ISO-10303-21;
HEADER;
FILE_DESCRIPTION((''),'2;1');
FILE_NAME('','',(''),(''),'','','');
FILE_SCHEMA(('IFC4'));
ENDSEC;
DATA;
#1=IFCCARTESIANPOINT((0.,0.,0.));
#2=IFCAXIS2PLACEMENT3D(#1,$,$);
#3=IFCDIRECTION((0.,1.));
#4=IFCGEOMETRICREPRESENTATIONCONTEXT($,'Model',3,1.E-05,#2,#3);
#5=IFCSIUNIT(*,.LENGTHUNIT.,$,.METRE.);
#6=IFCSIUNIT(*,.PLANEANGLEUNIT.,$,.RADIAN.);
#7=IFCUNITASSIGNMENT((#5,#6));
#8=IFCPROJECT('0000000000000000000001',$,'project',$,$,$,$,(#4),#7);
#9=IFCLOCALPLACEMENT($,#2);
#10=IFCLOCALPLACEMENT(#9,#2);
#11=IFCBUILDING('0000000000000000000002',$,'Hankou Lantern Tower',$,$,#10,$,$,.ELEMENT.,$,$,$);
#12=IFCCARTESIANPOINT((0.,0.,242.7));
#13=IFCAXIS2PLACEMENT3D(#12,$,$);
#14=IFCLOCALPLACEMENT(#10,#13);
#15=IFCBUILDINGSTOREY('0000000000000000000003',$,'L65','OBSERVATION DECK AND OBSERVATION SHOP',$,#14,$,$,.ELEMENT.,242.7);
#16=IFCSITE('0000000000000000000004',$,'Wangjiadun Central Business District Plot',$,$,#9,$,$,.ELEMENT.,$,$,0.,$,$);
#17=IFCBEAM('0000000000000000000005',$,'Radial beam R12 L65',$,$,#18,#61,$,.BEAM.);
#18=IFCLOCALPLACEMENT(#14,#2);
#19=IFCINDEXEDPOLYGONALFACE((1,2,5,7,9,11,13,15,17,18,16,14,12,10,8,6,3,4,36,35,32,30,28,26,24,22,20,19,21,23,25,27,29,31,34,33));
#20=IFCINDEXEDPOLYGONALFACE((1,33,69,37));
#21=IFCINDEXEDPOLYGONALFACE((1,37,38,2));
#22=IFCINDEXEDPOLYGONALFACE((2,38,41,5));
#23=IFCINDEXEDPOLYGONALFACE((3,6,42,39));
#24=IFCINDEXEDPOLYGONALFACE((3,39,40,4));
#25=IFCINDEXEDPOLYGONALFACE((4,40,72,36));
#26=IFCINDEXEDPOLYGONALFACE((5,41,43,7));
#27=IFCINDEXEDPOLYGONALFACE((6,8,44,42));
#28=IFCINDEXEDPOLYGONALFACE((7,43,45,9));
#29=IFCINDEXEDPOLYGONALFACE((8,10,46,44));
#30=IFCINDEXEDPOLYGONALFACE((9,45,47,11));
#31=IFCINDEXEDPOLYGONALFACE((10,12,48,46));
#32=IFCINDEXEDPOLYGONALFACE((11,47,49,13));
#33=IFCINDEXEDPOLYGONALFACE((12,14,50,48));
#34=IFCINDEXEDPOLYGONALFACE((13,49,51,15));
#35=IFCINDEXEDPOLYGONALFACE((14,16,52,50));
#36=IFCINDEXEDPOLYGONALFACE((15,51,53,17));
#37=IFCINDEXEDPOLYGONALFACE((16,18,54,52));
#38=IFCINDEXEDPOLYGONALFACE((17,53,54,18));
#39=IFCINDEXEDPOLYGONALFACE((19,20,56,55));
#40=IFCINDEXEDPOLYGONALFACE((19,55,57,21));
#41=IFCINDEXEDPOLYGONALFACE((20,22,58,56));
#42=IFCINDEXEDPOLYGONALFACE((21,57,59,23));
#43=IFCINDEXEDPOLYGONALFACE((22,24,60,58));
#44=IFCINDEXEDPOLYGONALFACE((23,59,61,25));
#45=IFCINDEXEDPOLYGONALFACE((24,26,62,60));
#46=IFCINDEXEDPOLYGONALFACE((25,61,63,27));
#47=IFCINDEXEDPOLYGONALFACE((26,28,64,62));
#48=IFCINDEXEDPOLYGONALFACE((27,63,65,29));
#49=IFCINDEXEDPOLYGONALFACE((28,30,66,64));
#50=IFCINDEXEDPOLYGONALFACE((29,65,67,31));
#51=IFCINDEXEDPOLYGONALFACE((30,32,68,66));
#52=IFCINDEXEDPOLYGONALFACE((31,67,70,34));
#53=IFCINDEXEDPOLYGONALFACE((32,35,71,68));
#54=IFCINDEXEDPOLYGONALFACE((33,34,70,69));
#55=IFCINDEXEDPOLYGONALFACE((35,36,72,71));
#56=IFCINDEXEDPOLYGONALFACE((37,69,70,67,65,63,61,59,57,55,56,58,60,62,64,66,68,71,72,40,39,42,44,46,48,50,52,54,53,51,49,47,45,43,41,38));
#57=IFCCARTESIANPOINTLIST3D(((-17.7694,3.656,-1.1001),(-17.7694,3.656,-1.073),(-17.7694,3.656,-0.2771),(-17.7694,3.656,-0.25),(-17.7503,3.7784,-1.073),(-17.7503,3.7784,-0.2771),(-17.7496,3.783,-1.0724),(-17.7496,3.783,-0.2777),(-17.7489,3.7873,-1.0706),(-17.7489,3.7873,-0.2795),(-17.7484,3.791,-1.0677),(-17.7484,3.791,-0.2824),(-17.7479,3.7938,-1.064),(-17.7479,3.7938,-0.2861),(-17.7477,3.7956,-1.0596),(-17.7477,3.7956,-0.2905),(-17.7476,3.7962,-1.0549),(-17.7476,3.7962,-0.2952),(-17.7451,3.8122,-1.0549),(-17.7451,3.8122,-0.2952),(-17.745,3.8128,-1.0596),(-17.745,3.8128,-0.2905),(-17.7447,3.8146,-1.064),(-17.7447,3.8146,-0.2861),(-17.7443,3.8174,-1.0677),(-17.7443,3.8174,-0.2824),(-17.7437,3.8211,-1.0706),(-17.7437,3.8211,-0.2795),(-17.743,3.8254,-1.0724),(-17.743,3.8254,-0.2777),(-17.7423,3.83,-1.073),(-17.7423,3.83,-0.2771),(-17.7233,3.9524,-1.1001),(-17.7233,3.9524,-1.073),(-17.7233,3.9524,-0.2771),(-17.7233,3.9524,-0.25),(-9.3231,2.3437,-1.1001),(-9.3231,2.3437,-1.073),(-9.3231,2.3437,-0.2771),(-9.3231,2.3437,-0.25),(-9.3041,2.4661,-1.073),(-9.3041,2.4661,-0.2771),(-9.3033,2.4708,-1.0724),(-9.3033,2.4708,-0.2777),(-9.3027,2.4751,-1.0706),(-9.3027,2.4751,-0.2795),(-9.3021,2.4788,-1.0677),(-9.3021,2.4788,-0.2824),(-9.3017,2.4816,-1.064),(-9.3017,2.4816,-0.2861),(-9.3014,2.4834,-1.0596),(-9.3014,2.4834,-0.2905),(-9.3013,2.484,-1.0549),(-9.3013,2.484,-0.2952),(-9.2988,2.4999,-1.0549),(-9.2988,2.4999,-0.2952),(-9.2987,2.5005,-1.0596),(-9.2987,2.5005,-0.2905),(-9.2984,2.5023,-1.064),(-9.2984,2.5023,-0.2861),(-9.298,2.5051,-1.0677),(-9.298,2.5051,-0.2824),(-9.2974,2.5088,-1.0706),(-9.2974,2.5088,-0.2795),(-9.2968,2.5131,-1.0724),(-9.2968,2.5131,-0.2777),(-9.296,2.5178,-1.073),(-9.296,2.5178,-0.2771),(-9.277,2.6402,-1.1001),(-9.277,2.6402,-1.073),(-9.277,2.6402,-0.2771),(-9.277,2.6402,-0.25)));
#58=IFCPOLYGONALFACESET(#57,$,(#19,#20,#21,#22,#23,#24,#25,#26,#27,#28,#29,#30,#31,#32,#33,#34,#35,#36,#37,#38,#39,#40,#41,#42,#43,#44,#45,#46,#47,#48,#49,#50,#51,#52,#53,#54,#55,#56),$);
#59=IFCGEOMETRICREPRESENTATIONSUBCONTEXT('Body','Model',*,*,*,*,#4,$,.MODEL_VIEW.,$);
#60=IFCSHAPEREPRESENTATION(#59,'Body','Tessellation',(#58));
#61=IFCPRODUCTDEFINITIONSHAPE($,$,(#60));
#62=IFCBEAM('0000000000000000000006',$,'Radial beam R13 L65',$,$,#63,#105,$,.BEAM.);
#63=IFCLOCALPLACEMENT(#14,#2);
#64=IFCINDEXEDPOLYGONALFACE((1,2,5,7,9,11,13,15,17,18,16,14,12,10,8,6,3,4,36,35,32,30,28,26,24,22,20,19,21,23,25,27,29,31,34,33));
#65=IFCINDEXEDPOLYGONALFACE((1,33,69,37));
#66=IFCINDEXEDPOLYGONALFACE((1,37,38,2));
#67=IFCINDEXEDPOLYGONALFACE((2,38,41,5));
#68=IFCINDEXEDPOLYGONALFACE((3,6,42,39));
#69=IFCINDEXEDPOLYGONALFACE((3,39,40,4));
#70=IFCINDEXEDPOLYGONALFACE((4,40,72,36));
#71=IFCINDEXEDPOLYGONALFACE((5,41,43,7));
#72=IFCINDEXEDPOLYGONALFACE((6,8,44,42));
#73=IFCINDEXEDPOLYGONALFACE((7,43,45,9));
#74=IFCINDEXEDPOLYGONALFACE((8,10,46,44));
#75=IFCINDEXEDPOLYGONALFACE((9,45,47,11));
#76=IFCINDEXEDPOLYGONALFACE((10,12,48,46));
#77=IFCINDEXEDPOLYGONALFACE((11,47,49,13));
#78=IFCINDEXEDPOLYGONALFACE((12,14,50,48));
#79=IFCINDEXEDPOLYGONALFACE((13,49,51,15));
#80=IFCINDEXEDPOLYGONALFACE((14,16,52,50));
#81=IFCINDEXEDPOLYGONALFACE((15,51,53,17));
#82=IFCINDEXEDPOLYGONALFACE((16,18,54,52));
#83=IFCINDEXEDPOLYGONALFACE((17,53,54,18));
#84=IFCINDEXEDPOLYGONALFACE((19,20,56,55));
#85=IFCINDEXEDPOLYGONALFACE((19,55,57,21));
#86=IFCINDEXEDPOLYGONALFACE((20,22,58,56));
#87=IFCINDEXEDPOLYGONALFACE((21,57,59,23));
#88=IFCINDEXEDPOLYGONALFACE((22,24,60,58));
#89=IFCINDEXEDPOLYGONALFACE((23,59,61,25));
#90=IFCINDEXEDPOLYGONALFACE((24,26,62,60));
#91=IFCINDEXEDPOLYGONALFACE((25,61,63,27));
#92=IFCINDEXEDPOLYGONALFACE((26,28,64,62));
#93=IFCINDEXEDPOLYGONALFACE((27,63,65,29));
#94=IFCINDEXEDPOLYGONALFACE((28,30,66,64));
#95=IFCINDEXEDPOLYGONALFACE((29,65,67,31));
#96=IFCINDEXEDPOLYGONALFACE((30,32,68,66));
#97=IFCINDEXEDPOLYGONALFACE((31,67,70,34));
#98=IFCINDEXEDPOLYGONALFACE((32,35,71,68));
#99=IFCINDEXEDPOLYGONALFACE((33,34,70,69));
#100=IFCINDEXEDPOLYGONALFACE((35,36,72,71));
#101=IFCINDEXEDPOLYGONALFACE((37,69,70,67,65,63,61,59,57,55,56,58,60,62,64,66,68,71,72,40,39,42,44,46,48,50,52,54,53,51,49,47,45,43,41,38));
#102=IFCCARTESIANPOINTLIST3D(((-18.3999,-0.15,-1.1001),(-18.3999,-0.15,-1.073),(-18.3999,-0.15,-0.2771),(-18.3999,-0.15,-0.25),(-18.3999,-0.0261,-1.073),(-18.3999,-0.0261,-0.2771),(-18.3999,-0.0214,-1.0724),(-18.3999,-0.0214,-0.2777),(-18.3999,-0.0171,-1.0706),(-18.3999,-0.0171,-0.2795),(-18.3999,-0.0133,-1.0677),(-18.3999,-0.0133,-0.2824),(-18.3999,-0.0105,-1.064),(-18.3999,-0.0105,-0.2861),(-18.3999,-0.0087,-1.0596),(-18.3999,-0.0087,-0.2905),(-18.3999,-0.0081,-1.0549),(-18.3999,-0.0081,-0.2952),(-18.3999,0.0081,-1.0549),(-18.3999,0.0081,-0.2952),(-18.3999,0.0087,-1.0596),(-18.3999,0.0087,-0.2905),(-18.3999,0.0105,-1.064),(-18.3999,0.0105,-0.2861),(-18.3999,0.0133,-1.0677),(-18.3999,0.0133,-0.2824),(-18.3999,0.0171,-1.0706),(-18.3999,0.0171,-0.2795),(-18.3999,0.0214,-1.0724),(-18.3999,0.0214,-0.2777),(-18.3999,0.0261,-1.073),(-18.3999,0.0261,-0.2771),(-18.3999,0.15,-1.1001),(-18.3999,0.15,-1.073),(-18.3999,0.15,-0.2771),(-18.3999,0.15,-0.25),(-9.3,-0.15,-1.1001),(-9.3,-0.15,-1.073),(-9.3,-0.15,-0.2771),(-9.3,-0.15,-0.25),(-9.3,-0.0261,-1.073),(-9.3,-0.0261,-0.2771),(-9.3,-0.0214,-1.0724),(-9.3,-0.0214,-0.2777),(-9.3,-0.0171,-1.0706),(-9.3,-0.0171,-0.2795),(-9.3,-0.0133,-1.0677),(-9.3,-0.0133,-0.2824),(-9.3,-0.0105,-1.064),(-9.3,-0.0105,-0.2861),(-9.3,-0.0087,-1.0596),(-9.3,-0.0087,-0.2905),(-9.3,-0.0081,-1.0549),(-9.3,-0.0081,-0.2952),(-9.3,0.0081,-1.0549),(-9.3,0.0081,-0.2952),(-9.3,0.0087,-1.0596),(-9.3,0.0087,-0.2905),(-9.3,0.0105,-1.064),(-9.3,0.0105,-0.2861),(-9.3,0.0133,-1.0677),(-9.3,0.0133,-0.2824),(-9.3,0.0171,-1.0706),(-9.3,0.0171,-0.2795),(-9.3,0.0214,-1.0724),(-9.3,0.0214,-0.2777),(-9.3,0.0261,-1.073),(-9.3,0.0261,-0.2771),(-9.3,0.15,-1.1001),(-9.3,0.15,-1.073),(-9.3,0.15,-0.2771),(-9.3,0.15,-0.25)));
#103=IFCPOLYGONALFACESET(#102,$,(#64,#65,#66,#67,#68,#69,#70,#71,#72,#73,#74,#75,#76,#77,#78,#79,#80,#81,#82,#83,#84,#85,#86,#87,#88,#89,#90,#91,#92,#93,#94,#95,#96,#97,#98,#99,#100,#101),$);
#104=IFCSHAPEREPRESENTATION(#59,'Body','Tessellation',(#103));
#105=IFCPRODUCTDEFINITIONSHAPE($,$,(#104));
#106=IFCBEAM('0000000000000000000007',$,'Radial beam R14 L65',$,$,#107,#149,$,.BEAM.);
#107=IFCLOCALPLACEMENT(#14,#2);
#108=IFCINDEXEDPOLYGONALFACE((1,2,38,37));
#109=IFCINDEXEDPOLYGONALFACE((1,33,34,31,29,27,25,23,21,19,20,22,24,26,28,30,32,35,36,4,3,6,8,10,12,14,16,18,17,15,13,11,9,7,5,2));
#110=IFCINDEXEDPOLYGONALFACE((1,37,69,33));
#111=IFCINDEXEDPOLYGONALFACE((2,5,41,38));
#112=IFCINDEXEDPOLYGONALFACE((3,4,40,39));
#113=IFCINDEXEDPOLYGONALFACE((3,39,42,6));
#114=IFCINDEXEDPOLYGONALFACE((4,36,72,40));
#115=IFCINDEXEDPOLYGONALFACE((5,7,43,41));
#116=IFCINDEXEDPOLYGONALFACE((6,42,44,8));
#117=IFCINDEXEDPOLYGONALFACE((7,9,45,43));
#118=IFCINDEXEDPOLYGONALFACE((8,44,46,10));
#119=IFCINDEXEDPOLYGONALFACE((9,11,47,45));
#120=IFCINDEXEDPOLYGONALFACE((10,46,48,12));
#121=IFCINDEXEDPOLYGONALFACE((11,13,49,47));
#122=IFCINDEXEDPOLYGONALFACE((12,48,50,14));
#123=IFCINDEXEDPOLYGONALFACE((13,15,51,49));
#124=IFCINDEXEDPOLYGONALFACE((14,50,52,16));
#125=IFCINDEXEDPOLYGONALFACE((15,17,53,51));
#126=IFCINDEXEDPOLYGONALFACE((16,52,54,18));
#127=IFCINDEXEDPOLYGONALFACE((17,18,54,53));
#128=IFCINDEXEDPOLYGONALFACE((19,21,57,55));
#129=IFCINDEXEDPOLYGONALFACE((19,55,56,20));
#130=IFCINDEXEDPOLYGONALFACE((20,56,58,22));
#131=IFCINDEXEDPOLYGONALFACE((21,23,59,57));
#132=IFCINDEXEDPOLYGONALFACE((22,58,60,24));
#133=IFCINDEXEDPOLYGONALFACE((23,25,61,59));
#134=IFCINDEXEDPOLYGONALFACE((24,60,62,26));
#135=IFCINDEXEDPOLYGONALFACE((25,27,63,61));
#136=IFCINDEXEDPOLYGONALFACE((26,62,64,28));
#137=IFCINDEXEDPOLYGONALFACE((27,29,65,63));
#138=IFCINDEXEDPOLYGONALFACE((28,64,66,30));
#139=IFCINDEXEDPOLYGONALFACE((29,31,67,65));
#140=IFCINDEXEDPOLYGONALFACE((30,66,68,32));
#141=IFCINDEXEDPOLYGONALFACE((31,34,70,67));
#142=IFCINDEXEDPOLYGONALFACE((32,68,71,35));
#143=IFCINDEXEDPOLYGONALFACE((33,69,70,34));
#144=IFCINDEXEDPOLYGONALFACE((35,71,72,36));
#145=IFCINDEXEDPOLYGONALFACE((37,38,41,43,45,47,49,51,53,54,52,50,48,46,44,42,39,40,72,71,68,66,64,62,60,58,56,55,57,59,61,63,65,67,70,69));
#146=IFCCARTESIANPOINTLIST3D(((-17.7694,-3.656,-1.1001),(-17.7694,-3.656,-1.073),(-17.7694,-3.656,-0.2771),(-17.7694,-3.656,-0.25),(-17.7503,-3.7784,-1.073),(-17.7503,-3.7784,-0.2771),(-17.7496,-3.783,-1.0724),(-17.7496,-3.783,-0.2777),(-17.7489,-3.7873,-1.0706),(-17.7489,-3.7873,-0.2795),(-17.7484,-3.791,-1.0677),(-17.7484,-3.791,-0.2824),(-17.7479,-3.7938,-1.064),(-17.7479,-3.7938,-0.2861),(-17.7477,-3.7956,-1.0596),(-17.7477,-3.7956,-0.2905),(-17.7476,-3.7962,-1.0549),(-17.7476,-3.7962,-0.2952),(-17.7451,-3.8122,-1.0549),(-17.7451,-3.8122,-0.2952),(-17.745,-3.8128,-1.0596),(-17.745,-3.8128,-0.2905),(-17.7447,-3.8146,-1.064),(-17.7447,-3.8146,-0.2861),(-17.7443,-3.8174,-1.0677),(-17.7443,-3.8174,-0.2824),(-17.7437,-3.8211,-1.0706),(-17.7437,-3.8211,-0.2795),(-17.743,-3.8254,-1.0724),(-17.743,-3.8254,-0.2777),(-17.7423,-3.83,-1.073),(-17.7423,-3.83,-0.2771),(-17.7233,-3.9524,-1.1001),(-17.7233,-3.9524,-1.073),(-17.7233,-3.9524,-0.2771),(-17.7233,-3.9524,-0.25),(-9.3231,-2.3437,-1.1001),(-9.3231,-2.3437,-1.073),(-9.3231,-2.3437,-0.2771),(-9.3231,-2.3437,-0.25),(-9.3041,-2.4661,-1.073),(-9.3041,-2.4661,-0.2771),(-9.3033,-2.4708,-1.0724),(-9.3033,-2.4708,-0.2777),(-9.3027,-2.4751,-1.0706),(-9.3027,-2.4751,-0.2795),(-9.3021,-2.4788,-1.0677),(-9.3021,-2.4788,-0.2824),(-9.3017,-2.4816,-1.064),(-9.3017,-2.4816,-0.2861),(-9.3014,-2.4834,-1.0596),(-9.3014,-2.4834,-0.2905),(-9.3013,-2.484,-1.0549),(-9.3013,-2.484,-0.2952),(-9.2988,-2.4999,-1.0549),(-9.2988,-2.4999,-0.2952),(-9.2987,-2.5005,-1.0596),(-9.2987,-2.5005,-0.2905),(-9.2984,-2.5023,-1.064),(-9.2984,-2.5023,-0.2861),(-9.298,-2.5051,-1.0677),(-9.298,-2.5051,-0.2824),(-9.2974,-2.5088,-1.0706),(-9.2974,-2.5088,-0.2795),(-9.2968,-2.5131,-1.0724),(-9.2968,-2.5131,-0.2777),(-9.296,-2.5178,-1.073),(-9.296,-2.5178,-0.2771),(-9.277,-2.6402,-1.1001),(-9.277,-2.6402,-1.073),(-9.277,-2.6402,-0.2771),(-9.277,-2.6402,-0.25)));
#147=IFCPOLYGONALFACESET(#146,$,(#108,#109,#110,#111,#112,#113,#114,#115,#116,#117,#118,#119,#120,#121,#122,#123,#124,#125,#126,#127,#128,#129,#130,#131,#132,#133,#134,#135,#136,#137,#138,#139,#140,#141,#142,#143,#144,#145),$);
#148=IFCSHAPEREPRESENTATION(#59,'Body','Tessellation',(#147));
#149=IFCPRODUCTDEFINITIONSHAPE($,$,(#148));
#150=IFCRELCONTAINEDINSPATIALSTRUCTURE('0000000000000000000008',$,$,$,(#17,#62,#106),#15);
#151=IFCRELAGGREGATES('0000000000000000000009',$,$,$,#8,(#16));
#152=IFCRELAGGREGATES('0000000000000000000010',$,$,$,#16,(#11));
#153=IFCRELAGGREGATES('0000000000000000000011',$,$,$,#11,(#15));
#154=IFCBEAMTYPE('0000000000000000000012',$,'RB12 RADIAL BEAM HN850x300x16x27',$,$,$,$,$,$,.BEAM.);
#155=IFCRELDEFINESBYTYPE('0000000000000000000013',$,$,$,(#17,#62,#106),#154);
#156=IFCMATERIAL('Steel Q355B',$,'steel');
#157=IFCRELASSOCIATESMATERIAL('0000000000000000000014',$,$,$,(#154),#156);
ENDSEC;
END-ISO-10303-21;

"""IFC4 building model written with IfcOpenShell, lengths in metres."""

from ifc_helpers import new_model, si_unit, direction, frame, origin, origin_2d, place, context, subcontext, project, spatial, i_section, extrude, material, material_profile, profile_set, type_object, element, save


model = new_model("IFC4")

# Units and contexts
model_context = context("Model", 3, precision=1e-05, world=origin(), true_north=direction((0.0, 1.0)))
body_context = subcontext(model_context, "Body", "Model", "MODEL_VIEW")
ifc_project = project(units=[si_unit("LENGTHUNIT", "METRE"), si_unit("PLANEANGLEUNIT", "RADIAN")], contexts=[model_context])

# Site, building, storey
site_placement = place(None, origin())
site = spatial("IfcSite", under=ifc_project, at=site_placement, Name="Wangjiadun Central Business District Plot", CompositionType="ELEMENT", RefElevation=0.0)
building_placement = place(site_placement, origin())
building = spatial("IfcBuilding", under=site, at=building_placement, Name="Hankou Lantern Tower", CompositionType="ELEMENT")
storey_placement = place(building_placement, frame((0.0, 0.0, 242.7)))
storey = spatial("IfcBuildingStorey", under=building, at=storey_placement, Name="L65", Description="OBSERVATION DECK AND OBSERVATION SHOP", CompositionType="ELEMENT", Elevation=242.7)

# Beams
ifc_material_1 = material(Name="Steel Q355B", Category="steel")
ifc_material_profile = material_profile(ifc_material_1, i_section(OverallWidth=0.3, OverallDepth=0.8501, WebThickness=0.0161, FlangeThickness=0.0271, FilletRadius=0.0181, at=origin_2d()), Name="HN850x300x16x27")
ifc_profile_set = profile_set([ifc_material_profile], Name="Steel Q355B")
beam_type = type_object("IfcBeamType", Name="RB12 RADIAL BEAM HN850x300x16x27", PredefinedType="BEAM", material=ifc_profile_set)
beam_1_placement = place(storey_placement, frame((-9.3, 2.4919, -0.675), z_axis=(-0.988145, 0.153523, 0.0), x_axis=(-0.153523, -0.988145, 0.0)))
element("IfcBeam", 1, at=beam_1_placement, inside=storey, type_object=beam_type, Name="Radial beam R12 L65", PredefinedType="BEAM", context=body_context, shape_type="SweptSolid", body=[
    extrude(i_section(OverallWidth=0.3, OverallDepth=0.8501, WebThickness=0.0161, FlangeThickness=0.0271, FilletRadius=0.0181, at=origin_2d()), origin(), (0.0, 0.0, 1.0), 8.5476),
])
beam_2_placement = place(storey_placement, frame((-9.3, 0.0, -0.675), z_axis=(-1.0, 0.0, 0.0), x_axis=(0.0, -1.0, 0.0)))
element("IfcBeam", 2, at=beam_2_placement, inside=storey, type_object=beam_type, Name="Radial beam R13 L65", PredefinedType="BEAM", context=body_context, shape_type="SweptSolid", body=[
    extrude(i_section(OverallWidth=0.3, OverallDepth=0.8501, WebThickness=0.0161, FlangeThickness=0.0271, FilletRadius=0.0181, at=origin_2d()), origin(), (0.0, 0.0, 1.0), 9.0999),
])
beam_3_placement = place(storey_placement, frame((-9.3, -2.4919, -0.675), z_axis=(-0.988145, -0.153523, 0.0), x_axis=(0.153523, -0.988145, 0.0)))
element("IfcBeam", 3, at=beam_3_placement, inside=storey, type_object=beam_type, Name="Radial beam R14 L65", PredefinedType="BEAM", context=body_context, shape_type="SweptSolid", body=[
    extrude(i_section(OverallWidth=0.3, OverallDepth=0.8501, WebThickness=0.0161, FlangeThickness=0.0271, FilletRadius=0.0181, at=origin_2d()), origin(), (0.0, 0.0, 1.0), 8.5476),
])

save(model, "model.ifc")
